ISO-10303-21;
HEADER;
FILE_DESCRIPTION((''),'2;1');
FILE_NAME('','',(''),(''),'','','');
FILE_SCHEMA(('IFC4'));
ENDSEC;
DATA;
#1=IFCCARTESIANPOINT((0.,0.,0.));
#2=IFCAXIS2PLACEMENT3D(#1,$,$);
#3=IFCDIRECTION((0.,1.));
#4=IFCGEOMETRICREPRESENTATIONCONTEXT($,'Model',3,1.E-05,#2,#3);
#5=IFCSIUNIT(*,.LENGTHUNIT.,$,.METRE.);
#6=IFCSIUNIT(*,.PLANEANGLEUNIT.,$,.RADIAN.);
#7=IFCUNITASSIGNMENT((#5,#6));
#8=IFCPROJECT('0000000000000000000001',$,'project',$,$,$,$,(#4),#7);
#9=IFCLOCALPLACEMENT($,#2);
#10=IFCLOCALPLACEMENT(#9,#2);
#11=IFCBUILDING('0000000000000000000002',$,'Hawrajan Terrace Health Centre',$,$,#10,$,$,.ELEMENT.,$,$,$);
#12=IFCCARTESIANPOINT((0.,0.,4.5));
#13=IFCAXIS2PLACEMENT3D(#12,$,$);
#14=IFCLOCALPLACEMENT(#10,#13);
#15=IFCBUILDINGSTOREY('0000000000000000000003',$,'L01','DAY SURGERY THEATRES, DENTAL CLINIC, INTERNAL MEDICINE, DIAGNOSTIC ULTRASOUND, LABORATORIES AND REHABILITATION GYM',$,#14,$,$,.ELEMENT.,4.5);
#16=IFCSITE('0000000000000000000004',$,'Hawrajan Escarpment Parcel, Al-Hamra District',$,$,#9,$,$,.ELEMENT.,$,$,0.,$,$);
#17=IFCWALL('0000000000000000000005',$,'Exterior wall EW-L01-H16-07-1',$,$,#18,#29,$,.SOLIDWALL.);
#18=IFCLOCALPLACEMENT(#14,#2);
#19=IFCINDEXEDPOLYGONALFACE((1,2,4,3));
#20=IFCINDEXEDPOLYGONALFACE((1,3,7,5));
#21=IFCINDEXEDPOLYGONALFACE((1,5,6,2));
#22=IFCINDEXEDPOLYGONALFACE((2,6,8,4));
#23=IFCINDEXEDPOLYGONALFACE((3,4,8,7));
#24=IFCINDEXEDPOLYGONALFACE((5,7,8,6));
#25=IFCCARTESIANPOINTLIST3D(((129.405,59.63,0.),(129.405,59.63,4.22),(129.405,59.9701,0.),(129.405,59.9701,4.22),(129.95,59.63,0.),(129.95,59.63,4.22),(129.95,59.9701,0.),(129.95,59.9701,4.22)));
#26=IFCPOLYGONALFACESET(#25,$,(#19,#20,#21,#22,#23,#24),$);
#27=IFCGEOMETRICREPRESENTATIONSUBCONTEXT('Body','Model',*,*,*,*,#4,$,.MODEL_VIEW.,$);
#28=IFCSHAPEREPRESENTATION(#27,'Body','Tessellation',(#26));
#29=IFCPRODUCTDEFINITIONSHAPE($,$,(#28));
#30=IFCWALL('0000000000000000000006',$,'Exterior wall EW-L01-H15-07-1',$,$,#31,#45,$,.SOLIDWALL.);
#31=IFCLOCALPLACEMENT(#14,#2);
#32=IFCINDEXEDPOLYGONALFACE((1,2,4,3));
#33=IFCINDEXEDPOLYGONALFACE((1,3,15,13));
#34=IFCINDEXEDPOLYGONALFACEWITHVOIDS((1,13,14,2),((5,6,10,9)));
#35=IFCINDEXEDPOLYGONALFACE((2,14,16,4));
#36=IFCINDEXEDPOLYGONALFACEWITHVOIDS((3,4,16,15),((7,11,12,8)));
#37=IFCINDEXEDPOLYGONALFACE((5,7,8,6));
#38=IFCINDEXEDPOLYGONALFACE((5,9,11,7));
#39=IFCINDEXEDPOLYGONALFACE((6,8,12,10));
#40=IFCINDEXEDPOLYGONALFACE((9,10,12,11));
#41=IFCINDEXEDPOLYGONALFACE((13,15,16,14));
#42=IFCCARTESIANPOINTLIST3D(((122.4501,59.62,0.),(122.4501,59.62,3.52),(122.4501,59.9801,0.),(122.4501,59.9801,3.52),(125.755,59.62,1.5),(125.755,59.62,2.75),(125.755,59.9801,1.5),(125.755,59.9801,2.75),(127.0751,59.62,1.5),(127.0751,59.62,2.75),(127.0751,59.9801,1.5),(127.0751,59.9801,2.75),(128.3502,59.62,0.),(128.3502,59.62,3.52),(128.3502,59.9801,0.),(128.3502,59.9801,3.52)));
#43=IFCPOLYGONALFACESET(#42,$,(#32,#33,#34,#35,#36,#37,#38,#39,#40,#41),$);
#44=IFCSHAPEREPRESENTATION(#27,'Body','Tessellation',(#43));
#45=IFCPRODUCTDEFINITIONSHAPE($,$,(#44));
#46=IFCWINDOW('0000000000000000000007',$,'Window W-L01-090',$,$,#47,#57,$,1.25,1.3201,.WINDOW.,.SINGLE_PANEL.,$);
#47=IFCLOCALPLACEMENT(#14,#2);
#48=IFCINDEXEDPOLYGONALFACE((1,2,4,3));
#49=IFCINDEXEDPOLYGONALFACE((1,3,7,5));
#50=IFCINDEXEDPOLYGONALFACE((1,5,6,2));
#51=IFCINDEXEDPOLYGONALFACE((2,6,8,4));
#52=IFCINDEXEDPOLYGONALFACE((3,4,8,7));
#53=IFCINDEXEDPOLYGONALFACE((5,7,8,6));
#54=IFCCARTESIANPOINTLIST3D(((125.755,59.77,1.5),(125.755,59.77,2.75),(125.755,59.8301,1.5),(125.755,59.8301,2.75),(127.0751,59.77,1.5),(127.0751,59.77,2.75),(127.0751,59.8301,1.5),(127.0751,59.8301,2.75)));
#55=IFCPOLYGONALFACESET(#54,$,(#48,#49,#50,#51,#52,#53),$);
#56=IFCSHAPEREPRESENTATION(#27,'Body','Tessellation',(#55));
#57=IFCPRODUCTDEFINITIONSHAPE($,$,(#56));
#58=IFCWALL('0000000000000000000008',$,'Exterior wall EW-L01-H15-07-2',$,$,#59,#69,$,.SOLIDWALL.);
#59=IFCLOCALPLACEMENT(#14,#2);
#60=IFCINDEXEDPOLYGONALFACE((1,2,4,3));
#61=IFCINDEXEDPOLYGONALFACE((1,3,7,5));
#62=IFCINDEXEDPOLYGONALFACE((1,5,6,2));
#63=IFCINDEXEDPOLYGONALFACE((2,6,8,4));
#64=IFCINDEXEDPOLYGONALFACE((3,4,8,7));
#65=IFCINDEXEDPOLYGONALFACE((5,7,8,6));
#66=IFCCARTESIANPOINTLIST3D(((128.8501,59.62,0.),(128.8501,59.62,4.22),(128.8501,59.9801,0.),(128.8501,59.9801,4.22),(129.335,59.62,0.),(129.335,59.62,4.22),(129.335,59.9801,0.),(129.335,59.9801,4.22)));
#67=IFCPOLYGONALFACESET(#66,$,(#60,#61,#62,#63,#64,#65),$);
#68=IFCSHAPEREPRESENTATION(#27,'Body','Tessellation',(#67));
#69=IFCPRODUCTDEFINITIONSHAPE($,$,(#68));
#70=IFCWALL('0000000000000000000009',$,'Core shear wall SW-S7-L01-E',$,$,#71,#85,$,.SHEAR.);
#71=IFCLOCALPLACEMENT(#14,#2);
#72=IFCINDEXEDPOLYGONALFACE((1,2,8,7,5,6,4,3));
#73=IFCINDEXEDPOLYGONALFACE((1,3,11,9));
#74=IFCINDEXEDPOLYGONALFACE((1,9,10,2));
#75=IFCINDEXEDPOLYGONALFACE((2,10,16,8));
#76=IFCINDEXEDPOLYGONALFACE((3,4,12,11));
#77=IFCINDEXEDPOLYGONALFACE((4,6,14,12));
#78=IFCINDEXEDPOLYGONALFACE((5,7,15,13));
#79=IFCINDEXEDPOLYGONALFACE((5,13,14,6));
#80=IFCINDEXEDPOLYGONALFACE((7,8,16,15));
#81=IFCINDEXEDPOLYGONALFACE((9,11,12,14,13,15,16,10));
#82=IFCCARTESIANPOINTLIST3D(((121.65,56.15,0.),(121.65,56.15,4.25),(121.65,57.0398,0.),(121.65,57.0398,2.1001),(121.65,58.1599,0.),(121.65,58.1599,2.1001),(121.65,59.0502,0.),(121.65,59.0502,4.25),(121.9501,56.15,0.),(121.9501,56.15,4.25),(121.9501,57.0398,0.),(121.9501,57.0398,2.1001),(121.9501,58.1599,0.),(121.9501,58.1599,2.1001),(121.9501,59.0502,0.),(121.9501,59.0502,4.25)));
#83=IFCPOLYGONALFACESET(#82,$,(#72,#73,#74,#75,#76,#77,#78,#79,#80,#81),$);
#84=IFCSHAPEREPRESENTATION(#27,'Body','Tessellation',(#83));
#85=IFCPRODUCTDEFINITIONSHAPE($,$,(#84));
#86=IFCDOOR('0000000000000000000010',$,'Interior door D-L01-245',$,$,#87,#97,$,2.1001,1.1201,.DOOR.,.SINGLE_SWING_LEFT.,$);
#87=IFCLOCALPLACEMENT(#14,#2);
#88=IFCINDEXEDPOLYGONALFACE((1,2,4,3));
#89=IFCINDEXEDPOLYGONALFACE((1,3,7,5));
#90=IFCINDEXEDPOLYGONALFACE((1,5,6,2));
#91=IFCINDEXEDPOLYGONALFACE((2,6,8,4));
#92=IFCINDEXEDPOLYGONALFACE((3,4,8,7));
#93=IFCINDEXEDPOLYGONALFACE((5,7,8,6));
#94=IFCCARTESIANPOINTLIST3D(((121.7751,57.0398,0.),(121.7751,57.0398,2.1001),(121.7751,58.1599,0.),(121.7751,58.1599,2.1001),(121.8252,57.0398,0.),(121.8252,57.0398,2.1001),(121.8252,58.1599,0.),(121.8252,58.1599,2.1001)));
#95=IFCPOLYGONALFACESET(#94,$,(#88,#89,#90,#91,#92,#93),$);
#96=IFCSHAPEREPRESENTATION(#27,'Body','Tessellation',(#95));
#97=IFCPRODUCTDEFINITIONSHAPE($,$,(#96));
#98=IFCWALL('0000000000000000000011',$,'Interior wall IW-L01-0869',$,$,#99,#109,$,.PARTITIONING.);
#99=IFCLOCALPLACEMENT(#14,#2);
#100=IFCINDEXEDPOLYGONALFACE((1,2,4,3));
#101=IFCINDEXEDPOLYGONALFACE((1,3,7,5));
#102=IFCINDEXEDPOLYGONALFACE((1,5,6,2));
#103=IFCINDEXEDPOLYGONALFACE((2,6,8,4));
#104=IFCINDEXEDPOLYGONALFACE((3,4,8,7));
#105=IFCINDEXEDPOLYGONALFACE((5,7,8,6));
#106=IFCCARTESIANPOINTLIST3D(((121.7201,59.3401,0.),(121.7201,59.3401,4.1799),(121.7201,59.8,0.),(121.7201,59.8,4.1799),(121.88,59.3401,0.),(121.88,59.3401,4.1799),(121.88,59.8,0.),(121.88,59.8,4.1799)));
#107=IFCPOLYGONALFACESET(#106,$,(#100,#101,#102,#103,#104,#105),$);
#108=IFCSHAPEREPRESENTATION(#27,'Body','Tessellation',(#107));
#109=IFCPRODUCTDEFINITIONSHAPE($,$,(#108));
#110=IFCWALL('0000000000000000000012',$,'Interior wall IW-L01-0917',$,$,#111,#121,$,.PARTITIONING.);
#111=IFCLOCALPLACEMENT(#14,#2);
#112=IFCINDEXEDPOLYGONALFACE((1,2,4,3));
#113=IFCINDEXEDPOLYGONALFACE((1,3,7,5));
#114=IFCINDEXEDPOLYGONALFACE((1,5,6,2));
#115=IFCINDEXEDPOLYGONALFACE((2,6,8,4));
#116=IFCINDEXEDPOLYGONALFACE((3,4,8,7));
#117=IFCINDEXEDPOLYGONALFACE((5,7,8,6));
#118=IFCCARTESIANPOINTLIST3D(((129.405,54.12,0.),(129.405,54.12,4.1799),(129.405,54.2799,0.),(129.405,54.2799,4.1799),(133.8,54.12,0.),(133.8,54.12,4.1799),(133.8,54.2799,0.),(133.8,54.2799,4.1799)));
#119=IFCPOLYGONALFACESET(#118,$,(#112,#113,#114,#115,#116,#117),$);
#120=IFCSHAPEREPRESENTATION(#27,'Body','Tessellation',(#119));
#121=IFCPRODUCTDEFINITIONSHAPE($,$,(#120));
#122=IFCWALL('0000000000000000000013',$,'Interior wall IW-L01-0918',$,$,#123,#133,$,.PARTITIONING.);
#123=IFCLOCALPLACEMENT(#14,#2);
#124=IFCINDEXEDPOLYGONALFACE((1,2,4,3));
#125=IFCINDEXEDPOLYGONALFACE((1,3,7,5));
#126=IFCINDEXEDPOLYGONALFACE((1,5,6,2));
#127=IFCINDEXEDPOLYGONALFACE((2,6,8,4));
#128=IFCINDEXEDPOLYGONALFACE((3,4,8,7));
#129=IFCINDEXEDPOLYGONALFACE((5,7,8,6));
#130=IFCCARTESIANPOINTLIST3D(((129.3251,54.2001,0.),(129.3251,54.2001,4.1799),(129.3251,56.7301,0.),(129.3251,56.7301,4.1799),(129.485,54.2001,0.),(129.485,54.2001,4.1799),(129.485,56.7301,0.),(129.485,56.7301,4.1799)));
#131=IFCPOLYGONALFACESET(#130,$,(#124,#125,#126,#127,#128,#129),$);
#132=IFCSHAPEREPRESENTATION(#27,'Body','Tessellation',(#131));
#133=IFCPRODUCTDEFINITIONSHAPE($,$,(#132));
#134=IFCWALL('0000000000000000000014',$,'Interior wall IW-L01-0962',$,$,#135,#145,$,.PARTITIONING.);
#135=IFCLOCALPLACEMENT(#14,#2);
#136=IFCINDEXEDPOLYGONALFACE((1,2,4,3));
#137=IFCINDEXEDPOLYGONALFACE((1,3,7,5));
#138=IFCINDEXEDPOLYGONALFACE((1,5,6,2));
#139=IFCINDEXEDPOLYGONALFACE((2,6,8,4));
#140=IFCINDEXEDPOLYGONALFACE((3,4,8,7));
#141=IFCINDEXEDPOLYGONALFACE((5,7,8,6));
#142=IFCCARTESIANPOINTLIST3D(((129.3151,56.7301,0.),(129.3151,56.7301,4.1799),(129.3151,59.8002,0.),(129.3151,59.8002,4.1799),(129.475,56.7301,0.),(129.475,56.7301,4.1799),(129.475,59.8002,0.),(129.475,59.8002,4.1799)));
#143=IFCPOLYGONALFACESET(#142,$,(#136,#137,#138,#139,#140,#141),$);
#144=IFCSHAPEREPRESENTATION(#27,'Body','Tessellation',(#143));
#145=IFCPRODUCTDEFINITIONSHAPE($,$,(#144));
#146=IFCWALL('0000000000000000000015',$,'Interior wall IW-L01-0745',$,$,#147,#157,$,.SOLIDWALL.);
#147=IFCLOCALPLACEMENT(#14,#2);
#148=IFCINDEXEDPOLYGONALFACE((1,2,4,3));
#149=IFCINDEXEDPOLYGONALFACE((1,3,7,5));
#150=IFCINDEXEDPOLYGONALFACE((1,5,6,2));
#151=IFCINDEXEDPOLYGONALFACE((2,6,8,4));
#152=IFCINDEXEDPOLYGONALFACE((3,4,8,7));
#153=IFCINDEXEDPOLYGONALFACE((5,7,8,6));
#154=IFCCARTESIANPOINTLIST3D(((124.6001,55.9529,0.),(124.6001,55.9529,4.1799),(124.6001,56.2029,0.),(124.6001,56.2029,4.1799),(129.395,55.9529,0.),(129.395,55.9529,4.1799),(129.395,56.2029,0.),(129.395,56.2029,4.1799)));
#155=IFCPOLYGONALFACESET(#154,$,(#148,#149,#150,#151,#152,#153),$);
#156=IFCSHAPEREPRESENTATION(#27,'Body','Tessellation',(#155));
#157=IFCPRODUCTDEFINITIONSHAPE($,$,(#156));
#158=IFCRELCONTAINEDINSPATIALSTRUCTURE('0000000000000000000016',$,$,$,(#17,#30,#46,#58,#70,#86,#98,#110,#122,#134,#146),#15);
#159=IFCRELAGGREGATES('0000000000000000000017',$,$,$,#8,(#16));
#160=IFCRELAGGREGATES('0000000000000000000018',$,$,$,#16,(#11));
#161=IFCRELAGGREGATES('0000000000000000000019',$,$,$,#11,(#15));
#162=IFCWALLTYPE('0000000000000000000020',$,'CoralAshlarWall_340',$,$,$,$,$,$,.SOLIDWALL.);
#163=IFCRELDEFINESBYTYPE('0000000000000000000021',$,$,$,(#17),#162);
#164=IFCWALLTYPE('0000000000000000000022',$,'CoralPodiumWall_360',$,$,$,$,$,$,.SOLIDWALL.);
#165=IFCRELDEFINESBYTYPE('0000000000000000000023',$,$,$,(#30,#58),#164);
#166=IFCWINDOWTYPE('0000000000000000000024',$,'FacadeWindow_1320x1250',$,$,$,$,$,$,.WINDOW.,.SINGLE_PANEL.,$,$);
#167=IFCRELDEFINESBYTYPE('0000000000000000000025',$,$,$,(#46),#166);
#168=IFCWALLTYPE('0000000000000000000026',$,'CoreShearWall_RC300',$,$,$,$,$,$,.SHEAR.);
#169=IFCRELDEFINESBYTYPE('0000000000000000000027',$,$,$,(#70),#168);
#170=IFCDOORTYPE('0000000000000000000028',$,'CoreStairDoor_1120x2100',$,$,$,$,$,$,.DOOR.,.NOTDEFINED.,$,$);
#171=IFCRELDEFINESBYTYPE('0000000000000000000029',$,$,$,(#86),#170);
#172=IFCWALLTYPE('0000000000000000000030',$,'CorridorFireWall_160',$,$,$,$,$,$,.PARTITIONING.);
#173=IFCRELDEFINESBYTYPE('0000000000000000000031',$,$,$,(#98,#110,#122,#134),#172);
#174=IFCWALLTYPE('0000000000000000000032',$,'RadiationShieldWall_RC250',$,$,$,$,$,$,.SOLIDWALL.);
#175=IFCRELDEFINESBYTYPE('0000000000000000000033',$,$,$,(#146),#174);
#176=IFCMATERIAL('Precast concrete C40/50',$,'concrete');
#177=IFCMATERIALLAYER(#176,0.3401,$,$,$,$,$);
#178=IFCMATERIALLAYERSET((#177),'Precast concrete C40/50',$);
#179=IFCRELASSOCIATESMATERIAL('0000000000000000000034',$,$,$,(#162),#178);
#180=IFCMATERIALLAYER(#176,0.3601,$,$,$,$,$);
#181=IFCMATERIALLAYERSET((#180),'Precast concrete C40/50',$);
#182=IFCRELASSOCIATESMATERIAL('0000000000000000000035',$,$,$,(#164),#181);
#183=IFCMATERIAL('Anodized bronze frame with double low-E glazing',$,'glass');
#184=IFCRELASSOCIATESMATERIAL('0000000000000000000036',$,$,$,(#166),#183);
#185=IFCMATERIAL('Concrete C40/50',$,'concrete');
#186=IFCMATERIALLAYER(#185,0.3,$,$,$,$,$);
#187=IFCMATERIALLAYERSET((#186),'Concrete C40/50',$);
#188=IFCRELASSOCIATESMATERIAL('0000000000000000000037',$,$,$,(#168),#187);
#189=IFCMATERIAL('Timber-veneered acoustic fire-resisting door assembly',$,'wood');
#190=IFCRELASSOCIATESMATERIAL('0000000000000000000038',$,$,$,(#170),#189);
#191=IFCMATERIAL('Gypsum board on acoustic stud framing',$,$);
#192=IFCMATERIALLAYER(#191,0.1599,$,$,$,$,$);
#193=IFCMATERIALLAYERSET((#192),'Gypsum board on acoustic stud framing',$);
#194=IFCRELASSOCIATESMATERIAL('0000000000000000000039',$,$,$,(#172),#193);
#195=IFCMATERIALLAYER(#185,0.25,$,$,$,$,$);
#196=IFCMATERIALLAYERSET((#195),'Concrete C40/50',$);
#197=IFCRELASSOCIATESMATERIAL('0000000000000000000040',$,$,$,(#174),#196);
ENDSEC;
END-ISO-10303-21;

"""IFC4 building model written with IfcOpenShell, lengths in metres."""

from ifc_helpers import new_model, si_unit, direction, frame, frame_2d, origin, place, context, subcontext, project, spatial, rectangle, extrude, material, layer, layer_set, type_object, element, fill, save


model = new_model("IFC4")

# Units and contexts
model_context = context("Model", 3, precision=1e-05, world=origin(), true_north=direction((0.0, 1.0)))
body_context = subcontext(model_context, "Body", "Model", "MODEL_VIEW")
ifc_project = project(units=[si_unit("LENGTHUNIT", "METRE"), si_unit("PLANEANGLEUNIT", "RADIAN")], contexts=[model_context])

# Site, building, storey
site_placement = place(None, origin())
site = spatial("IfcSite", under=ifc_project, at=site_placement, Name="Hawrajan Escarpment Parcel, Al-Hamra District", CompositionType="ELEMENT", RefElevation=0.0)
building_placement = place(site_placement, origin())
building = spatial("IfcBuilding", under=site, at=building_placement, Name="Hawrajan Terrace Health Centre", CompositionType="ELEMENT")
storey_placement = place(building_placement, frame((0.0, 0.0, 4.5)))
storey = spatial("IfcBuildingStorey", under=building, at=storey_placement, Name="L01", Description="DAY SURGERY THEATRES, DENTAL CLINIC, INTERNAL MEDICINE, DIAGNOSTIC ULTRASOUND, LABORATORIES AND REHABILITATION GYM", CompositionType="ELEMENT", Elevation=4.5)

# Shared definitions
ifc_material_1 = material(Name="Concrete C40/50", Category="concrete")

# Shared definitions
ifc_material_2 = material(Name="Gypsum board on acoustic stud framing")

# Wall
ifc_material_3 = material(Name="Precast concrete C40/50", Category="concrete")
ifc_layer_1 = layer(ifc_material_3, 0.3401)
ifc_layer_set_1 = layer_set([ifc_layer_1], Name="Precast concrete C40/50")
wall_type_1 = type_object("IfcWallType", Name="CoralAshlarWall_340", PredefinedType="SOLIDWALL", material=ifc_layer_set_1)
wall_1_placement = place(storey_placement, frame((129.405, 59.8, 0.0), z_axis=(0.0, 0.0, 1.0), x_axis=(1.0, 0.0, 0.0)))
element("IfcWall", 1, at=wall_1_placement, inside=storey, type_object=wall_type_1, Name="Exterior wall EW-L01-H16-07-1", PredefinedType="SOLIDWALL", context=body_context, shape_type="SweptSolid", body=[
    extrude(rectangle(XDim=0.5449, YDim=0.3401, at=frame_2d((0.2725, 0.0))), origin(), (0.0, 0.0, 1.0), 4.22),
])

# Wall, opening, window
ifc_layer_2 = layer(ifc_material_3, 0.3601)
ifc_layer_set_2 = layer_set([ifc_layer_2], Name="Precast concrete C40/50")
wall_type_2 = type_object("IfcWallType", Name="CoralPodiumWall_360", PredefinedType="SOLIDWALL", material=ifc_layer_set_2)
wall_2_placement = place(storey_placement, frame((122.45, 59.8, 0.0), z_axis=(0.0, 0.0, 1.0), x_axis=(1.0, 0.0, 0.0)))
wall_2 = element("IfcWall", 2, at=wall_2_placement, inside=storey, type_object=wall_type_2, Name="Exterior wall EW-L01-H15-07-1", PredefinedType="SOLIDWALL", context=body_context, shape_type="SweptSolid", body=[
    extrude(rectangle(XDim=5.9001, YDim=0.3601, at=frame_2d((2.9502, 0.0))), origin(), (0.0, 0.0, 1.0), 3.52),
])
opening_1_placement = place(wall_2_placement, frame((3.3049, 0.0, 1.5)))
opening_1 = element("IfcOpeningElement", 3, at=opening_1_placement, cuts=wall_2, PredefinedType="OPENING", context=body_context, shape_type="SweptSolid", body=[
    extrude(rectangle(XDim=1.3201, YDim=1.25, at=frame_2d((0.6602, 0.625))), frame((0.0, 0.1899, 0.0), z_axis=(0.0, -1.0, 0.0), x_axis=(1.0, 0.0, 0.0)), (0.0, 0.0, 1.0), 0.3801),
])
ifc_material_4 = material(Name="Anodized bronze frame with double low-E glazing", Category="glass")
window_type = type_object("IfcWindowType", Name="FacadeWindow_1320x1250", PartitioningType="SINGLE_PANEL", PredefinedType="WINDOW", material=ifc_material_4)
window_placement = place(opening_1_placement, origin())
window = element("IfcWindow", 4, at=window_placement, inside=storey, type_object=window_type, Name="Window W-L01-090", OverallHeight=1.25, OverallWidth=1.3201, PartitioningType="SINGLE_PANEL", PredefinedType="WINDOW", context=body_context, shape_type="SweptSolid", body=[
    extrude(rectangle(XDim=1.3201, YDim=1.25, at=frame_2d((0.6602, 0.625))), frame((0.0, 0.03, 0.0), z_axis=(0.0, -1.0, 0.0), x_axis=(1.0, 0.0, 0.0)), (0.0, 0.0, 1.0), 0.0601),
])
fill(opening_1, window)

# Wall
wall_3_placement = place(storey_placement, frame((128.8501, 59.8, 0.0), z_axis=(0.0, 0.0, 1.0), x_axis=(1.0, 0.0, 0.0)))
element("IfcWall", 5, at=wall_3_placement, inside=storey, type_object=wall_type_2, Name="Exterior wall EW-L01-H15-07-2", PredefinedType="SOLIDWALL", context=body_context, shape_type="SweptSolid", body=[
    extrude(rectangle(XDim=0.4849, YDim=0.3601, at=frame_2d((0.2424, 0.0))), origin(), (0.0, 0.0, 1.0), 4.22),
])

# Wall, opening, door
ifc_layer_3 = layer(ifc_material_1, 0.3)
ifc_layer_set_3 = layer_set([ifc_layer_3], Name="Concrete C40/50")
wall_type_3 = type_object("IfcWallType", Name="CoreShearWall_RC300", PredefinedType="SHEAR", material=ifc_layer_set_3)
wall_4_placement = place(storey_placement, frame((121.8, 56.1499, 0.0), z_axis=(0.0, 0.0, 1.0), x_axis=(0.0, 1.0, 0.0)))
wall_4 = element("IfcWall", 6, at=wall_4_placement, inside=storey, type_object=wall_type_3, Name="Core shear wall SW-S7-L01-E", PredefinedType="SHEAR", context=body_context, shape_type="SweptSolid", body=[
    extrude(rectangle(XDim=2.9001, YDim=0.3, at=frame_2d((1.4502, 0.0))), origin(), (0.0, 0.0, 1.0), 4.25),
])
opening_2_placement = place(wall_4_placement, frame((0.8899, 0.0, 0.0)))
opening_2 = element("IfcOpeningElement", 7, at=opening_2_placement, cuts=wall_4, PredefinedType="OPENING", context=body_context, shape_type="SweptSolid", body=[
    extrude(rectangle(XDim=1.1201, YDim=2.1001, at=frame_2d((0.5601, 1.05))), frame((0.0, 0.1599, 0.0), z_axis=(0.0, -1.0, 0.0), x_axis=(1.0, 0.0, 0.0)), (0.0, 0.0, 1.0), 0.3201),
])
ifc_material_5 = material(Name="Timber-veneered acoustic fire-resisting door assembly", Category="wood")
door_type_1 = type_object("IfcDoorType", Name="CoreStairDoor_1120x2100", OperationType="NOTDEFINED", PredefinedType="DOOR", material=ifc_material_5)
door_1_placement = place(opening_2_placement, origin())
door_1 = element("IfcDoor", 8, at=door_1_placement, inside=storey, type_object=door_type_1, Name="Interior door D-L01-245", OperationType="SINGLE_SWING_LEFT", OverallHeight=2.1001, OverallWidth=1.1201, PredefinedType="DOOR", context=body_context, shape_type="SweptSolid", body=[
    extrude(rectangle(XDim=1.1201, YDim=2.1001, at=frame_2d((0.5601, 1.05))), frame((0.0, 0.0249, 0.0), z_axis=(0.0, -1.0, 0.0), x_axis=(1.0, 0.0, 0.0)), (0.0, 0.0, 1.0), 0.05),
])
fill(opening_2, door_1)

# Walls
ifc_layer_4 = layer(ifc_material_2, 0.1599)
ifc_layer_set_4 = layer_set([ifc_layer_4], Name="Gypsum board on acoustic stud framing")
wall_type_4 = type_object("IfcWallType", Name="CorridorFireWall_160", PredefinedType="PARTITIONING", material=ifc_layer_set_4)
wall_5_placement = place(storey_placement, frame((121.8, 59.3401, 0.0), z_axis=(0.0, 0.0, 1.0), x_axis=(0.0, 1.0, 0.0)))
element("IfcWall", 9, at=wall_5_placement, inside=storey, type_object=wall_type_4, Name="Interior wall IW-L01-0869", PredefinedType="PARTITIONING", context=body_context, shape_type="SweptSolid", body=[
    extrude(rectangle(XDim=0.46, YDim=0.1599, at=frame_2d((0.23, 0.0))), origin(), (0.0, 0.0, 1.0), 4.1799),
])
wall_6_placement = place(storey_placement, frame((129.405, 54.2, 0.0), z_axis=(0.0, 0.0, 1.0), x_axis=(1.0, 0.0, 0.0)))
element("IfcWall", 10, at=wall_6_placement, inside=storey, type_object=wall_type_4, Name="Interior wall IW-L01-0917", PredefinedType="PARTITIONING", context=body_context, shape_type="SweptSolid", body=[
    extrude(rectangle(XDim=4.395, YDim=0.1599, at=frame_2d((2.1975, 0.0))), origin(), (0.0, 0.0, 1.0), 4.1799),
])
wall_7_placement = place(storey_placement, frame((129.405, 54.2, 0.0), z_axis=(0.0, 0.0, 1.0), x_axis=(0.0, 1.0, 0.0)))
element("IfcWall", 11, at=wall_7_placement, inside=storey, type_object=wall_type_4, Name="Interior wall IW-L01-0918", PredefinedType="PARTITIONING", context=body_context, shape_type="SweptSolid", body=[
    extrude(rectangle(XDim=2.53, YDim=0.1599, at=frame_2d((1.2651, 0.0))), origin(), (0.0, 0.0, 1.0), 4.1799),
])
wall_8_placement = place(storey_placement, frame((129.395, 56.73, 0.0), z_axis=(0.0, 0.0, 1.0), x_axis=(0.0, 1.0, 0.0)))
element("IfcWall", 12, at=wall_8_placement, inside=storey, type_object=wall_type_4, Name="Interior wall IW-L01-0962", PredefinedType="PARTITIONING", context=body_context, shape_type="SweptSolid", body=[
    extrude(rectangle(XDim=3.0701, YDim=0.1599, at=frame_2d((1.5352, 0.0))), origin(), (0.0, 0.0, 1.0), 4.1799),
])
ifc_layer_5 = layer(ifc_material_1, 0.25)
ifc_layer_set_5 = layer_set([ifc_layer_5], Name="Concrete C40/50")
wall_type_5 = type_object("IfcWallType", Name="RadiationShieldWall_RC250", PredefinedType="SOLIDWALL", material=ifc_layer_set_5)
wall_9_placement = place(storey_placement, frame((124.6001, 56.0779, 0.0), z_axis=(0.0, 0.0, 1.0), x_axis=(1.0, 0.0, 0.0)))
element("IfcWall", 13, at=wall_9_placement, inside=storey, type_object=wall_type_5, Name="Interior wall IW-L01-0745", PredefinedType="SOLIDWALL", context=body_context, shape_type="SweptSolid", body=[
    extrude(rectangle(XDim=4.7949, YDim=0.25, at=frame_2d((2.3975, 0.0))), origin(), (0.0, 0.0, 1.0), 4.1799),
])

save(model, "model.ifc")
